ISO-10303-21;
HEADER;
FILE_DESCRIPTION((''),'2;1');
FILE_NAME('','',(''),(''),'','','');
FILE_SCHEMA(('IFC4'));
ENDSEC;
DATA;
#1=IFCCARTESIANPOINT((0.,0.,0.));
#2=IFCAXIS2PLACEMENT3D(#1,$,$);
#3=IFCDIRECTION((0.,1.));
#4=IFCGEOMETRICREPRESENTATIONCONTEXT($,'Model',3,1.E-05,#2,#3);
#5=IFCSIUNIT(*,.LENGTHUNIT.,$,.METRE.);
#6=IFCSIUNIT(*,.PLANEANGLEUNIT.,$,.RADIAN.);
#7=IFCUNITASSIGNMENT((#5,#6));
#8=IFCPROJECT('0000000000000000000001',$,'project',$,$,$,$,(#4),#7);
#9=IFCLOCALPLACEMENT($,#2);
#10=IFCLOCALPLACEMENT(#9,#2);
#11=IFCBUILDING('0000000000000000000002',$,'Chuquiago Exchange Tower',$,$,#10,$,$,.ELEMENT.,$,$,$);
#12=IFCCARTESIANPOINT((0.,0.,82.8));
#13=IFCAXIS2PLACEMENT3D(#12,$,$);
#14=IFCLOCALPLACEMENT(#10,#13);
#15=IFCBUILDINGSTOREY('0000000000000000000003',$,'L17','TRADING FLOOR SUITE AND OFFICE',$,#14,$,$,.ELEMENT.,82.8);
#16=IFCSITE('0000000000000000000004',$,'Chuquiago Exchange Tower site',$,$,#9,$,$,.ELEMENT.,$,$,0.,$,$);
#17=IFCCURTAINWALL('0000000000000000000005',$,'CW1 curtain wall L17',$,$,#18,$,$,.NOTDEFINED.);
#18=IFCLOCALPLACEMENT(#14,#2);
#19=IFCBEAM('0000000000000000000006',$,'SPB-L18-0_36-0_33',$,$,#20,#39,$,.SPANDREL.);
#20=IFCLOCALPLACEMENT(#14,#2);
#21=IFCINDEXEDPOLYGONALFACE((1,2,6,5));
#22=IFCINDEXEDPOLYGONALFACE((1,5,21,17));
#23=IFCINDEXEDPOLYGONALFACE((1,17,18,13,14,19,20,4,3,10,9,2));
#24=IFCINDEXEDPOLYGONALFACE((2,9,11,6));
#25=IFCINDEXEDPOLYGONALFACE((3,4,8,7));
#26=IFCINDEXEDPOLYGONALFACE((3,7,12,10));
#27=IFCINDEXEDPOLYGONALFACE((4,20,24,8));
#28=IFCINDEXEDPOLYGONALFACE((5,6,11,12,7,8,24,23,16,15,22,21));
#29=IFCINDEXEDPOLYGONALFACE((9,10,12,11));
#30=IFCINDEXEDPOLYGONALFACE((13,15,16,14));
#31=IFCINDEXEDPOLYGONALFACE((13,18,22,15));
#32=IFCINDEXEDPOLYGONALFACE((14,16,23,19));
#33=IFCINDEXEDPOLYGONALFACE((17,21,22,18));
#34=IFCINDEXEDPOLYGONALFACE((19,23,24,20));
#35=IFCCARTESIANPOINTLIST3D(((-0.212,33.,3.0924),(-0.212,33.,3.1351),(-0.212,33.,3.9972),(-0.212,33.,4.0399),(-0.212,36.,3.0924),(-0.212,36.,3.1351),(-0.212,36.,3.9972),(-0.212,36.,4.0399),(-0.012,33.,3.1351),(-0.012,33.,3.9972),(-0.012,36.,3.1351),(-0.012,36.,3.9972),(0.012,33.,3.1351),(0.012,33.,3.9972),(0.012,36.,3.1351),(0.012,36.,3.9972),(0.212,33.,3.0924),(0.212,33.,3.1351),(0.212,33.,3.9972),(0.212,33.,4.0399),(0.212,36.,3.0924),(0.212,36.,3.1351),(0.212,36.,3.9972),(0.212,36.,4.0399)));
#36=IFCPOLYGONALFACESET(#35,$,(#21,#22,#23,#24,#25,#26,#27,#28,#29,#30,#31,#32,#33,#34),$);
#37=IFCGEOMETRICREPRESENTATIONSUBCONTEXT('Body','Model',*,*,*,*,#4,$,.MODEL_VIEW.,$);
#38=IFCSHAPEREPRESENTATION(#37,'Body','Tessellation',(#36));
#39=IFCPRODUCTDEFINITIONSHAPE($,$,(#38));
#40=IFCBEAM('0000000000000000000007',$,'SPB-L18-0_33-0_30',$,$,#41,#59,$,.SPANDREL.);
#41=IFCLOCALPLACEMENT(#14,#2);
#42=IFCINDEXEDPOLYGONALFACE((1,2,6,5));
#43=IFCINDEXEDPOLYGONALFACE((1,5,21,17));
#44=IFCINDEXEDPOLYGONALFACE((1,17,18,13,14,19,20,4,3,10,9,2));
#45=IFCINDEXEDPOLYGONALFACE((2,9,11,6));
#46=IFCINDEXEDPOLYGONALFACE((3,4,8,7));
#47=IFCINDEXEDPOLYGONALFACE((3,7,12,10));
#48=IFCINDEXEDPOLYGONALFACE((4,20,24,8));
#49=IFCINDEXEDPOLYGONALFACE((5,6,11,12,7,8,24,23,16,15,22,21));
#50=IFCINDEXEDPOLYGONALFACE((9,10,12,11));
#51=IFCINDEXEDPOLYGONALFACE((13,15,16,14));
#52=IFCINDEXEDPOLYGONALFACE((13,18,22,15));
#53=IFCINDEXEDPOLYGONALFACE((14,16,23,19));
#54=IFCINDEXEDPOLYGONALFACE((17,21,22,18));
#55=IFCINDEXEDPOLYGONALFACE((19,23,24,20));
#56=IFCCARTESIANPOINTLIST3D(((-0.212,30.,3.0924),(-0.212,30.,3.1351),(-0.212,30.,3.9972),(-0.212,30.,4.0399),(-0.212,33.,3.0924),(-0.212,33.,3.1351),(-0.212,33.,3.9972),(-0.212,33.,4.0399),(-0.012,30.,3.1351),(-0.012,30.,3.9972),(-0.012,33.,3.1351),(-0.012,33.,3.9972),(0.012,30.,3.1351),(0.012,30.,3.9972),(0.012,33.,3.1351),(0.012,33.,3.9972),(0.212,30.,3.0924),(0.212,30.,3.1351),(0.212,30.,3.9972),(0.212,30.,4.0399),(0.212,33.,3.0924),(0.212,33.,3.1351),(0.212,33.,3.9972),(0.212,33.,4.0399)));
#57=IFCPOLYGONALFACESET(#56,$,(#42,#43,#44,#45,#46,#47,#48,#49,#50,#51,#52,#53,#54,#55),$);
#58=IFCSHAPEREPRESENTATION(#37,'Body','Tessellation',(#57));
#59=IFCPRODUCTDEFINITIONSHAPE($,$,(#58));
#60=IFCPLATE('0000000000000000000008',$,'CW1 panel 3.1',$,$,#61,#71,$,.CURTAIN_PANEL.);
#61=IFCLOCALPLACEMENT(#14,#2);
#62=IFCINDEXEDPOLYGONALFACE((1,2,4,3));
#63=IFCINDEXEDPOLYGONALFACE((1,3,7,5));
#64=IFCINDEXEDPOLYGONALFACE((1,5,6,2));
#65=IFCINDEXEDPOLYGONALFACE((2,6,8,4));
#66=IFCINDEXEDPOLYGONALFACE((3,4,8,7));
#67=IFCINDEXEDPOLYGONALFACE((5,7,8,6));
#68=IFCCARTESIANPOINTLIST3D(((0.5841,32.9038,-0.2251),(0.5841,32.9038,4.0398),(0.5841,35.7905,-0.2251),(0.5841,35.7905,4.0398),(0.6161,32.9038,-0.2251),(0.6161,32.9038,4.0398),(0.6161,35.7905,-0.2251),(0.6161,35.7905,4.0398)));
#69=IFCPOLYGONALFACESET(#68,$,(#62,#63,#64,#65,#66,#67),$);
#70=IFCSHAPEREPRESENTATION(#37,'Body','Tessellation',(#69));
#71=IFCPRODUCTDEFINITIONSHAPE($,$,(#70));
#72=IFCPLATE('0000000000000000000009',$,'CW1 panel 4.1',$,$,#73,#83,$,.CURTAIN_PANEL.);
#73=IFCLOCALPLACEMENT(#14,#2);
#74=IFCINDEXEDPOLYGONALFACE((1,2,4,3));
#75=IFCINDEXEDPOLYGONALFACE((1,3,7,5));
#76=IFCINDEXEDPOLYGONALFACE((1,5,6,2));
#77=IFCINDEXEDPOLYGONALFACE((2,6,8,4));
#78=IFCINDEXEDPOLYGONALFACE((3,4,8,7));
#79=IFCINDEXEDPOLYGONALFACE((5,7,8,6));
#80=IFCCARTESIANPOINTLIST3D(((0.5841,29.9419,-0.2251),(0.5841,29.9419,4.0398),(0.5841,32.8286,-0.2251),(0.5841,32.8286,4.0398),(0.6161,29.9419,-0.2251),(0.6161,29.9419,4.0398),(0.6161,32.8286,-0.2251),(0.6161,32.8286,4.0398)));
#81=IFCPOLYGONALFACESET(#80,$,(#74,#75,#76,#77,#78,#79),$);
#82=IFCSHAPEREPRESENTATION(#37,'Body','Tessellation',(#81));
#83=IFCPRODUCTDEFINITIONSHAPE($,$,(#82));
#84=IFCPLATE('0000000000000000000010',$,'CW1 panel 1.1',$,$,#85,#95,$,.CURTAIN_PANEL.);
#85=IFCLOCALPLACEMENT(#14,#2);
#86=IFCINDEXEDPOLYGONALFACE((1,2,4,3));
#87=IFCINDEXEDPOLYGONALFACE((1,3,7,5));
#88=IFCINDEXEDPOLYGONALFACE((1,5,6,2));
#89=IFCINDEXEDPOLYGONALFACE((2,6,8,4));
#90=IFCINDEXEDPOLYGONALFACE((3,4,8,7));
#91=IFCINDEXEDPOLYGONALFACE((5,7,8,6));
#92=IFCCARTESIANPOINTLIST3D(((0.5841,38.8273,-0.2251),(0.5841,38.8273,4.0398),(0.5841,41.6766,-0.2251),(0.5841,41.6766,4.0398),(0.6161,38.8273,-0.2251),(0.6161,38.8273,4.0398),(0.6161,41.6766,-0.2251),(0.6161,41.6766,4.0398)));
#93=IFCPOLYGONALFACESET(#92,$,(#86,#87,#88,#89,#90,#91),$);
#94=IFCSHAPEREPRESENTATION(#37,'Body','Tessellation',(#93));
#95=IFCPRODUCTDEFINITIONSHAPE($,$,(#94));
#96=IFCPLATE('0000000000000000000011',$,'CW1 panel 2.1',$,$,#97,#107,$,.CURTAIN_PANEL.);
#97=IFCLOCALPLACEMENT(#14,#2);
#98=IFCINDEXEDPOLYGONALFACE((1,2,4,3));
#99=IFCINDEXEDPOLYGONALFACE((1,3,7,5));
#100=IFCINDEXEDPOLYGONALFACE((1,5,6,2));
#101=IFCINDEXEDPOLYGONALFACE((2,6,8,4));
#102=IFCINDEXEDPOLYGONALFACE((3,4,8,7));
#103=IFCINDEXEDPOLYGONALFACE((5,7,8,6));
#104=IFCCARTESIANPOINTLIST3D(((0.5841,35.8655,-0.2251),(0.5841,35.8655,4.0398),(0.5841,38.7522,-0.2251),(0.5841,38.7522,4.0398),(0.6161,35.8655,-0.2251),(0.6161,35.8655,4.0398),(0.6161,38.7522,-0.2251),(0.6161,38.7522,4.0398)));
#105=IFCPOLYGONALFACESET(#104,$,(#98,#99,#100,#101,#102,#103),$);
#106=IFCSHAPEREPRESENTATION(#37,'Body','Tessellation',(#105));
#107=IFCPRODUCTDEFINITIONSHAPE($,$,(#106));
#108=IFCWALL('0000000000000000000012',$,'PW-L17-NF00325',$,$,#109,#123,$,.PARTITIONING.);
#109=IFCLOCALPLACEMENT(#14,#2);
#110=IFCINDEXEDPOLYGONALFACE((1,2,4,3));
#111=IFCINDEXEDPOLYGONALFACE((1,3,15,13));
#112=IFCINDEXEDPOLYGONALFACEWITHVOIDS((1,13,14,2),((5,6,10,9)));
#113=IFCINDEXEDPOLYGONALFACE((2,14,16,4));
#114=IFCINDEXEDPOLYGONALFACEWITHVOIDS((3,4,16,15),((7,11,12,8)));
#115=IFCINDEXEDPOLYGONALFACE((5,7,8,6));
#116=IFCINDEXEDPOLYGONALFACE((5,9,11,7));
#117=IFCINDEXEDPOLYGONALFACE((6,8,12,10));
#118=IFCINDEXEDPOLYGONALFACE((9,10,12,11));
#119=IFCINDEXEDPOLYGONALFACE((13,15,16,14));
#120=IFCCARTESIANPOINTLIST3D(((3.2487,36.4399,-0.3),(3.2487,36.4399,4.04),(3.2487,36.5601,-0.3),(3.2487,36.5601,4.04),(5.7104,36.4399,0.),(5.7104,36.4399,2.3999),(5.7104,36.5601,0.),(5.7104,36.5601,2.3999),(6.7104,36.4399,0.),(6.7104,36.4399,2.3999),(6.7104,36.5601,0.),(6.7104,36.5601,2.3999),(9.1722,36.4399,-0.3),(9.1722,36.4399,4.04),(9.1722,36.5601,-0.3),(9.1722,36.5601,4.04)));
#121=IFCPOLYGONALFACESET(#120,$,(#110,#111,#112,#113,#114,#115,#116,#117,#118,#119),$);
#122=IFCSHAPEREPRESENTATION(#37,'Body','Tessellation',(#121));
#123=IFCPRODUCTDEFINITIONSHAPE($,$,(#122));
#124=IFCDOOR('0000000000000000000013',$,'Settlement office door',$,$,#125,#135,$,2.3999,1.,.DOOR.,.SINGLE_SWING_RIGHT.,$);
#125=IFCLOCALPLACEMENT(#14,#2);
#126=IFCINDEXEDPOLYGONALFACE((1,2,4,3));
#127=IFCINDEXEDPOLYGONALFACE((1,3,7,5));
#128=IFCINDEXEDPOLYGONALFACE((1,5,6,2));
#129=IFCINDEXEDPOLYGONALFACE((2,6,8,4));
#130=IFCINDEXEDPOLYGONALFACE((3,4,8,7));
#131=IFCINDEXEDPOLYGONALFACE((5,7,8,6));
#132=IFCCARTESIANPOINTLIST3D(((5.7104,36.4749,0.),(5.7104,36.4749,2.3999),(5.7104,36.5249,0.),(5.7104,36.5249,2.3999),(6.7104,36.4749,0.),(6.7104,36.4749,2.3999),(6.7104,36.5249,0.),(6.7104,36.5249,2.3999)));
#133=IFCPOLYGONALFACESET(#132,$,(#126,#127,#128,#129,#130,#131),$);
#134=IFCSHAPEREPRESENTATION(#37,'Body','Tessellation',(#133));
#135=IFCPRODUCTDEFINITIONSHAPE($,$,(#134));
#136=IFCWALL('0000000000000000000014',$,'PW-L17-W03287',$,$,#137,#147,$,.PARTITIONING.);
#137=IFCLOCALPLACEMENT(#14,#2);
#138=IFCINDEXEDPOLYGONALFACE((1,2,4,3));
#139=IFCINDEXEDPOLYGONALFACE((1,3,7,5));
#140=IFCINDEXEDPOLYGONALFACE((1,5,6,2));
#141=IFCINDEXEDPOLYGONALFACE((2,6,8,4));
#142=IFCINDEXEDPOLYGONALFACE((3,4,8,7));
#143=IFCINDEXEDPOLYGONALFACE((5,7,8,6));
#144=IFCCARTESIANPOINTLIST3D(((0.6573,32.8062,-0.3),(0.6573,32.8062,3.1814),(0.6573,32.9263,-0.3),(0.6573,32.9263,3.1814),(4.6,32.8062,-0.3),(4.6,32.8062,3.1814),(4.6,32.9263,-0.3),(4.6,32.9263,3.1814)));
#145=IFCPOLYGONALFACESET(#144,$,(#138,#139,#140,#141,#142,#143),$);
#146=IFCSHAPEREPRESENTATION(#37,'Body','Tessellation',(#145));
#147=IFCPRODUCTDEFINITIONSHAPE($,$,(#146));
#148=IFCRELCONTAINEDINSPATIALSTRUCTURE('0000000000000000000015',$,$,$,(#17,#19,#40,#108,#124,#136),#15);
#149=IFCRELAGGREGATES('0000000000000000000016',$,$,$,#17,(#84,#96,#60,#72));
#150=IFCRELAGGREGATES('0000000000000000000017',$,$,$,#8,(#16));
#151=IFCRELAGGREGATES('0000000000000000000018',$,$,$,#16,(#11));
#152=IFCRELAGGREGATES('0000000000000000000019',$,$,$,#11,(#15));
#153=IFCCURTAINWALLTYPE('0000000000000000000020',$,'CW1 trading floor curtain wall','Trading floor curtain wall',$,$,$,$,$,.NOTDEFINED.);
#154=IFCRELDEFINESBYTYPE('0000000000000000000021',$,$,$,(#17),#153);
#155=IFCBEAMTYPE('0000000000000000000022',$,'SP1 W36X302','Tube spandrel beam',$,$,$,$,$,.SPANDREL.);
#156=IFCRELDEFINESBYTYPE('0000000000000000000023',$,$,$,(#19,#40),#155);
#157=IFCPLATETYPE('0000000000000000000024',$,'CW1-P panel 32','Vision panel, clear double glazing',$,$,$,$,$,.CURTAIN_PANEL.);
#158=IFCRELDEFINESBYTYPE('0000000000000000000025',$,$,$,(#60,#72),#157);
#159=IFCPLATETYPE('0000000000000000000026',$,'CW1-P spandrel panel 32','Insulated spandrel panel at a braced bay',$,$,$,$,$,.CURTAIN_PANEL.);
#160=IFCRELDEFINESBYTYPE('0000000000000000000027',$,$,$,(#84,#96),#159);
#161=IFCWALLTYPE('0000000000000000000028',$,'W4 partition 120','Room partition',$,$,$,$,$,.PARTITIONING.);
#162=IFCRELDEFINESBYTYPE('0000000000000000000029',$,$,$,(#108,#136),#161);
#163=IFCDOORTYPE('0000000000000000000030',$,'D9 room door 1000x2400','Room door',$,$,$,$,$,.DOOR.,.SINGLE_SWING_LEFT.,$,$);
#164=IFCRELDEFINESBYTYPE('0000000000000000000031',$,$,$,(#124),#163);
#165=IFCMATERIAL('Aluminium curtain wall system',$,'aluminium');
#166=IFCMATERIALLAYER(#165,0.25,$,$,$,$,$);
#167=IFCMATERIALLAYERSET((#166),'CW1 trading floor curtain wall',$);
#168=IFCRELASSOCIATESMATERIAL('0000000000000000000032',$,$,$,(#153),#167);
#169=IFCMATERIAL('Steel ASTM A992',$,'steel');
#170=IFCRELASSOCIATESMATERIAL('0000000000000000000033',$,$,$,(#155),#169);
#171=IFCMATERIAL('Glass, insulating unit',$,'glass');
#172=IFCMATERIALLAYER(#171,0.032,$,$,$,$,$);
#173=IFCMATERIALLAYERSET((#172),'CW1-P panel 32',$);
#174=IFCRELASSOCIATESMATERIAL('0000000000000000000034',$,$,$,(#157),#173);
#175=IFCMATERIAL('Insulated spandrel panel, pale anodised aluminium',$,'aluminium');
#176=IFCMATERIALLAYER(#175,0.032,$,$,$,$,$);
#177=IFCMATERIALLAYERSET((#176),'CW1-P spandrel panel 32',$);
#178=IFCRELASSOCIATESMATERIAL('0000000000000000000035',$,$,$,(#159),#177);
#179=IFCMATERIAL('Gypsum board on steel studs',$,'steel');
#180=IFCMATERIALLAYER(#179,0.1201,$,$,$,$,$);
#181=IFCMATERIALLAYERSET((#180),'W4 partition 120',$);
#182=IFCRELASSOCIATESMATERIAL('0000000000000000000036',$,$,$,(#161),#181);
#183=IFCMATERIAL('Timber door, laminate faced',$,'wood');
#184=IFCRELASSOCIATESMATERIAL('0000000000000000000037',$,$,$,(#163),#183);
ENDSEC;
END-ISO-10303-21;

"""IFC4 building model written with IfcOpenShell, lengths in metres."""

from ifc_helpers import new_model, si_unit, direction, frame, frame_2d, origin, origin_2d, place, context, subcontext, project, spatial, rectangle, i_section, extrude, material, layer, layer_set, material_profile, profile_set, type_object, element, fill, aggregate, save


model = new_model("IFC4")

# Units and contexts
model_context = context("Model", 3, precision=1e-05, world=origin(), true_north=direction((0.0, 1.0)))
body_context = subcontext(model_context, "Body", "Model", "MODEL_VIEW")
ifc_project = project(units=[si_unit("LENGTHUNIT", "METRE"), si_unit("PLANEANGLEUNIT", "RADIAN")], contexts=[model_context])

# Site, building, storey
site_placement = place(None, origin())
site = spatial("IfcSite", under=ifc_project, at=site_placement, Name="Chuquiago Exchange Tower site", CompositionType="ELEMENT", RefElevation=0.0)
building_placement = place(site_placement, origin())
building = spatial("IfcBuilding", under=site, at=building_placement, Name="Chuquiago Exchange Tower", CompositionType="ELEMENT")
storey_placement = place(building_placement, frame((0.0, 0.0, 82.8)))
storey = spatial("IfcBuildingStorey", under=building, at=storey_placement, Name="L17", Description="TRADING FLOOR SUITE AND OFFICE", CompositionType="ELEMENT", Elevation=82.8)

# Curtain wall
ifc_material_1 = material(Name="Aluminium curtain wall system", Category="aluminium")
ifc_layer_1 = layer(ifc_material_1, 0.25)
ifc_layer_set_1 = layer_set([ifc_layer_1], Name="CW1 trading floor curtain wall")
curtain_wall_type = type_object("IfcCurtainWallType", Name="CW1 trading floor curtain wall", Description="Trading floor curtain wall", PredefinedType="NOTDEFINED", material=ifc_layer_set_1)
curtain_wall_placement = place(storey_placement, origin())
curtain_wall = element("IfcCurtainWall", 1, at=curtain_wall_placement, inside=storey, type_object=curtain_wall_type, Name="CW1 curtain wall L17", PredefinedType="NOTDEFINED")

# Beams
ifc_material_2 = material(Name="Steel ASTM A992", Category="steel")
ifc_material_profile_1 = material_profile(ifc_material_2, i_section(OverallWidth=0.4241, OverallDepth=0.9475, WebThickness=0.0239, FlangeThickness=0.0427, at=origin_2d()), Name="W36X302")
ifc_profile_set_1 = profile_set([ifc_material_profile_1], Name="Steel ASTM A992")
beam_type = type_object("IfcBeamType", Name="SP1 W36X302", Description="Tube spandrel beam", PredefinedType="SPANDREL", material=ifc_profile_set_1)
for number, where, z_axis, x_axis, name in (
    (2, (0.0, 36.0, 3.5662), (0.0, -1.0, 0.0), (1.0, 0.0, 0.0), "SPB-L18-0_36-0_33"),
    (3, (0.0, 33.0, 3.5662), (0.0, -1.0, 0.0), (1.0, 0.0, 0.0), "SPB-L18-0_33-0_30"),
):
    element("IfcBeam", number, at=place(storey_placement, frame(where, z_axis=z_axis, x_axis=x_axis)), inside=storey, type_object=beam_type, Name=name, PredefinedType="SPANDREL", context=body_context, shape_type="SweptSolid", body=[
        extrude(i_section(OverallWidth=0.4241, OverallDepth=0.9475, WebThickness=0.0239, FlangeThickness=0.0427, at=origin_2d()), origin(), (0.0, 0.0, 1.0), 3.0),
    ])

# Plates
ifc_material_3 = material(Name="Glass, insulating unit", Category="glass")
ifc_layer_2 = layer(ifc_material_3, 0.032)
ifc_layer_set_2 = layer_set([ifc_layer_2], Name="CW1-P panel 32")
plate_type_1 = type_object("IfcPlateType", Name="CW1-P panel 32", Description="Vision panel, clear double glazing", PredefinedType="CURTAIN_PANEL", material=ifc_layer_set_2)
plate_1_placement = place(storey_placement, frame((0.6001, 34.3472, -0.2251), z_axis=(0.0, 0.0, 1.0), x_axis=(0.0, -1.0, 0.0)))
plate_1 = element("IfcPlate", 4, at=plate_1_placement, type_object=plate_type_1, Name="CW1 panel 3.1", PredefinedType="CURTAIN_PANEL", context=body_context, shape_type="SweptSolid", body=[
    extrude(rectangle(XDim=2.8867, YDim=0.032, at=origin_2d()), origin(), (0.0, 0.0, 1.0), 4.2649),
])
plate_2_placement = place(storey_placement, frame((0.6001, 31.3853, -0.2251), z_axis=(0.0, 0.0, 1.0), x_axis=(0.0, -1.0, 0.0)))
plate_2 = element("IfcPlate", 5, at=plate_2_placement, type_object=plate_type_1, Name="CW1 panel 4.1", PredefinedType="CURTAIN_PANEL", context=body_context, shape_type="SweptSolid", body=[
    extrude(rectangle(XDim=2.8867, YDim=0.032, at=origin_2d()), origin(), (0.0, 0.0, 1.0), 4.2649),
])
ifc_material_4 = material(Name="Insulated spandrel panel, pale anodised aluminium", Category="aluminium")
ifc_layer_3 = layer(ifc_material_4, 0.032)
ifc_layer_set_3 = layer_set([ifc_layer_3], Name="CW1-P spandrel panel 32")
plate_type_2 = type_object("IfcPlateType", Name="CW1-P spandrel panel 32", Description="Insulated spandrel panel at a braced bay", PredefinedType="CURTAIN_PANEL", material=ifc_layer_set_3)
plate_3_placement = place(storey_placement, frame((0.6001, 40.252, -0.2251), z_axis=(0.0, 0.0, 1.0), x_axis=(0.0, -1.0, 0.0)))
plate_3 = element("IfcPlate", 6, at=plate_3_placement, type_object=plate_type_2, Name="CW1 panel 1.1", PredefinedType="CURTAIN_PANEL", context=body_context, shape_type="SweptSolid", body=[
    extrude(rectangle(XDim=2.8494, YDim=0.032, at=origin_2d()), origin(), (0.0, 0.0, 1.0), 4.2649),
])
plate_4_placement = place(storey_placement, frame((0.6001, 37.3088, -0.2251), z_axis=(0.0, 0.0, 1.0), x_axis=(0.0, -1.0, 0.0)))
plate_4 = element("IfcPlate", 7, at=plate_4_placement, type_object=plate_type_2, Name="CW1 panel 2.1", PredefinedType="CURTAIN_PANEL", context=body_context, shape_type="SweptSolid", body=[
    extrude(rectangle(XDim=2.8867, YDim=0.032, at=origin_2d()), origin(), (0.0, 0.0, 1.0), 4.2649),
])
aggregate(curtain_wall, [plate_3, plate_4, plate_1, plate_2])

# Wall, opening, door
ifc_material_5 = material(Name="Gypsum board on steel studs", Category="steel")
ifc_layer_4 = layer(ifc_material_5, 0.1201)
ifc_layer_set_4 = layer_set([ifc_layer_4], Name="W4 partition 120")
wall_type = type_object("IfcWallType", Name="W4 partition 120", Description="Room partition", PredefinedType="PARTITIONING", material=ifc_layer_set_4)
wall_1_placement = place(storey_placement, frame((3.2485, 36.5, -0.3), z_axis=(0.0, 0.0, 1.0), x_axis=(1.0, 0.0, 0.0)))
wall_1 = element("IfcWall", 8, at=wall_1_placement, inside=storey, type_object=wall_type, Name="PW-L17-NF00325", PredefinedType="PARTITIONING", context=body_context, shape_type="SweptSolid", body=[
    extrude(rectangle(XDim=5.9236, YDim=0.1201, at=frame_2d((2.9619, 0.0))), origin(), (0.0, 0.0, 1.0), 4.3401),
])
opening_placement = place(wall_1_placement, frame((2.4619, 0.0, 0.3)))
opening = element("IfcOpeningElement", 9, at=opening_placement, cuts=wall_1, PredefinedType="OPENING", context=body_context, shape_type="SweptSolid", body=[
    extrude(rectangle(XDim=1.0, YDim=2.3999, at=frame_2d((0.5, 1.2))), frame((0.0, 0.0701, 0.0), z_axis=(0.0, -1.0, 0.0), x_axis=(1.0, 0.0, 0.0)), (0.0, 0.0, 1.0), 0.1401),
])
ifc_material_6 = material(Name="Timber door, laminate faced", Category="wood")
door_type = type_object("IfcDoorType", Name="D9 room door 1000x2400", Description="Room door", OperationType="SINGLE_SWING_LEFT", PredefinedType="DOOR", material=ifc_material_6)
door_placement = place(opening_placement, origin())
door = element("IfcDoor", 10, at=door_placement, inside=storey, type_object=door_type, Name="Settlement office door", OperationType="SINGLE_SWING_RIGHT", OverallHeight=2.3999, OverallWidth=1.0, PredefinedType="DOOR", context=body_context, shape_type="SweptSolid", body=[
    extrude(rectangle(XDim=1.0, YDim=2.3999, at=frame_2d((0.5, 1.2))), frame((0.0, 0.0249, 0.0), z_axis=(0.0, -1.0, 0.0), x_axis=(1.0, 0.0, 0.0)), (0.0, 0.0, 1.0), 0.05),
])
fill(opening, door)

# Wall
wall_2_placement = place(storey_placement, frame((0.6575, 32.8662, -0.3), z_axis=(0.0, 0.0, 1.0), x_axis=(1.0, 0.0, 0.0)))
element("IfcWall", 11, at=wall_2_placement, inside=storey, type_object=wall_type, Name="PW-L17-W03287", PredefinedType="PARTITIONING", context=body_context, shape_type="SweptSolid", body=[
    extrude(rectangle(XDim=3.9426, YDim=0.1201, at=frame_2d((1.9712, 0.0))), origin(), (0.0, 0.0, 1.0), 3.4814),
])

save(model, "model.ifc")
